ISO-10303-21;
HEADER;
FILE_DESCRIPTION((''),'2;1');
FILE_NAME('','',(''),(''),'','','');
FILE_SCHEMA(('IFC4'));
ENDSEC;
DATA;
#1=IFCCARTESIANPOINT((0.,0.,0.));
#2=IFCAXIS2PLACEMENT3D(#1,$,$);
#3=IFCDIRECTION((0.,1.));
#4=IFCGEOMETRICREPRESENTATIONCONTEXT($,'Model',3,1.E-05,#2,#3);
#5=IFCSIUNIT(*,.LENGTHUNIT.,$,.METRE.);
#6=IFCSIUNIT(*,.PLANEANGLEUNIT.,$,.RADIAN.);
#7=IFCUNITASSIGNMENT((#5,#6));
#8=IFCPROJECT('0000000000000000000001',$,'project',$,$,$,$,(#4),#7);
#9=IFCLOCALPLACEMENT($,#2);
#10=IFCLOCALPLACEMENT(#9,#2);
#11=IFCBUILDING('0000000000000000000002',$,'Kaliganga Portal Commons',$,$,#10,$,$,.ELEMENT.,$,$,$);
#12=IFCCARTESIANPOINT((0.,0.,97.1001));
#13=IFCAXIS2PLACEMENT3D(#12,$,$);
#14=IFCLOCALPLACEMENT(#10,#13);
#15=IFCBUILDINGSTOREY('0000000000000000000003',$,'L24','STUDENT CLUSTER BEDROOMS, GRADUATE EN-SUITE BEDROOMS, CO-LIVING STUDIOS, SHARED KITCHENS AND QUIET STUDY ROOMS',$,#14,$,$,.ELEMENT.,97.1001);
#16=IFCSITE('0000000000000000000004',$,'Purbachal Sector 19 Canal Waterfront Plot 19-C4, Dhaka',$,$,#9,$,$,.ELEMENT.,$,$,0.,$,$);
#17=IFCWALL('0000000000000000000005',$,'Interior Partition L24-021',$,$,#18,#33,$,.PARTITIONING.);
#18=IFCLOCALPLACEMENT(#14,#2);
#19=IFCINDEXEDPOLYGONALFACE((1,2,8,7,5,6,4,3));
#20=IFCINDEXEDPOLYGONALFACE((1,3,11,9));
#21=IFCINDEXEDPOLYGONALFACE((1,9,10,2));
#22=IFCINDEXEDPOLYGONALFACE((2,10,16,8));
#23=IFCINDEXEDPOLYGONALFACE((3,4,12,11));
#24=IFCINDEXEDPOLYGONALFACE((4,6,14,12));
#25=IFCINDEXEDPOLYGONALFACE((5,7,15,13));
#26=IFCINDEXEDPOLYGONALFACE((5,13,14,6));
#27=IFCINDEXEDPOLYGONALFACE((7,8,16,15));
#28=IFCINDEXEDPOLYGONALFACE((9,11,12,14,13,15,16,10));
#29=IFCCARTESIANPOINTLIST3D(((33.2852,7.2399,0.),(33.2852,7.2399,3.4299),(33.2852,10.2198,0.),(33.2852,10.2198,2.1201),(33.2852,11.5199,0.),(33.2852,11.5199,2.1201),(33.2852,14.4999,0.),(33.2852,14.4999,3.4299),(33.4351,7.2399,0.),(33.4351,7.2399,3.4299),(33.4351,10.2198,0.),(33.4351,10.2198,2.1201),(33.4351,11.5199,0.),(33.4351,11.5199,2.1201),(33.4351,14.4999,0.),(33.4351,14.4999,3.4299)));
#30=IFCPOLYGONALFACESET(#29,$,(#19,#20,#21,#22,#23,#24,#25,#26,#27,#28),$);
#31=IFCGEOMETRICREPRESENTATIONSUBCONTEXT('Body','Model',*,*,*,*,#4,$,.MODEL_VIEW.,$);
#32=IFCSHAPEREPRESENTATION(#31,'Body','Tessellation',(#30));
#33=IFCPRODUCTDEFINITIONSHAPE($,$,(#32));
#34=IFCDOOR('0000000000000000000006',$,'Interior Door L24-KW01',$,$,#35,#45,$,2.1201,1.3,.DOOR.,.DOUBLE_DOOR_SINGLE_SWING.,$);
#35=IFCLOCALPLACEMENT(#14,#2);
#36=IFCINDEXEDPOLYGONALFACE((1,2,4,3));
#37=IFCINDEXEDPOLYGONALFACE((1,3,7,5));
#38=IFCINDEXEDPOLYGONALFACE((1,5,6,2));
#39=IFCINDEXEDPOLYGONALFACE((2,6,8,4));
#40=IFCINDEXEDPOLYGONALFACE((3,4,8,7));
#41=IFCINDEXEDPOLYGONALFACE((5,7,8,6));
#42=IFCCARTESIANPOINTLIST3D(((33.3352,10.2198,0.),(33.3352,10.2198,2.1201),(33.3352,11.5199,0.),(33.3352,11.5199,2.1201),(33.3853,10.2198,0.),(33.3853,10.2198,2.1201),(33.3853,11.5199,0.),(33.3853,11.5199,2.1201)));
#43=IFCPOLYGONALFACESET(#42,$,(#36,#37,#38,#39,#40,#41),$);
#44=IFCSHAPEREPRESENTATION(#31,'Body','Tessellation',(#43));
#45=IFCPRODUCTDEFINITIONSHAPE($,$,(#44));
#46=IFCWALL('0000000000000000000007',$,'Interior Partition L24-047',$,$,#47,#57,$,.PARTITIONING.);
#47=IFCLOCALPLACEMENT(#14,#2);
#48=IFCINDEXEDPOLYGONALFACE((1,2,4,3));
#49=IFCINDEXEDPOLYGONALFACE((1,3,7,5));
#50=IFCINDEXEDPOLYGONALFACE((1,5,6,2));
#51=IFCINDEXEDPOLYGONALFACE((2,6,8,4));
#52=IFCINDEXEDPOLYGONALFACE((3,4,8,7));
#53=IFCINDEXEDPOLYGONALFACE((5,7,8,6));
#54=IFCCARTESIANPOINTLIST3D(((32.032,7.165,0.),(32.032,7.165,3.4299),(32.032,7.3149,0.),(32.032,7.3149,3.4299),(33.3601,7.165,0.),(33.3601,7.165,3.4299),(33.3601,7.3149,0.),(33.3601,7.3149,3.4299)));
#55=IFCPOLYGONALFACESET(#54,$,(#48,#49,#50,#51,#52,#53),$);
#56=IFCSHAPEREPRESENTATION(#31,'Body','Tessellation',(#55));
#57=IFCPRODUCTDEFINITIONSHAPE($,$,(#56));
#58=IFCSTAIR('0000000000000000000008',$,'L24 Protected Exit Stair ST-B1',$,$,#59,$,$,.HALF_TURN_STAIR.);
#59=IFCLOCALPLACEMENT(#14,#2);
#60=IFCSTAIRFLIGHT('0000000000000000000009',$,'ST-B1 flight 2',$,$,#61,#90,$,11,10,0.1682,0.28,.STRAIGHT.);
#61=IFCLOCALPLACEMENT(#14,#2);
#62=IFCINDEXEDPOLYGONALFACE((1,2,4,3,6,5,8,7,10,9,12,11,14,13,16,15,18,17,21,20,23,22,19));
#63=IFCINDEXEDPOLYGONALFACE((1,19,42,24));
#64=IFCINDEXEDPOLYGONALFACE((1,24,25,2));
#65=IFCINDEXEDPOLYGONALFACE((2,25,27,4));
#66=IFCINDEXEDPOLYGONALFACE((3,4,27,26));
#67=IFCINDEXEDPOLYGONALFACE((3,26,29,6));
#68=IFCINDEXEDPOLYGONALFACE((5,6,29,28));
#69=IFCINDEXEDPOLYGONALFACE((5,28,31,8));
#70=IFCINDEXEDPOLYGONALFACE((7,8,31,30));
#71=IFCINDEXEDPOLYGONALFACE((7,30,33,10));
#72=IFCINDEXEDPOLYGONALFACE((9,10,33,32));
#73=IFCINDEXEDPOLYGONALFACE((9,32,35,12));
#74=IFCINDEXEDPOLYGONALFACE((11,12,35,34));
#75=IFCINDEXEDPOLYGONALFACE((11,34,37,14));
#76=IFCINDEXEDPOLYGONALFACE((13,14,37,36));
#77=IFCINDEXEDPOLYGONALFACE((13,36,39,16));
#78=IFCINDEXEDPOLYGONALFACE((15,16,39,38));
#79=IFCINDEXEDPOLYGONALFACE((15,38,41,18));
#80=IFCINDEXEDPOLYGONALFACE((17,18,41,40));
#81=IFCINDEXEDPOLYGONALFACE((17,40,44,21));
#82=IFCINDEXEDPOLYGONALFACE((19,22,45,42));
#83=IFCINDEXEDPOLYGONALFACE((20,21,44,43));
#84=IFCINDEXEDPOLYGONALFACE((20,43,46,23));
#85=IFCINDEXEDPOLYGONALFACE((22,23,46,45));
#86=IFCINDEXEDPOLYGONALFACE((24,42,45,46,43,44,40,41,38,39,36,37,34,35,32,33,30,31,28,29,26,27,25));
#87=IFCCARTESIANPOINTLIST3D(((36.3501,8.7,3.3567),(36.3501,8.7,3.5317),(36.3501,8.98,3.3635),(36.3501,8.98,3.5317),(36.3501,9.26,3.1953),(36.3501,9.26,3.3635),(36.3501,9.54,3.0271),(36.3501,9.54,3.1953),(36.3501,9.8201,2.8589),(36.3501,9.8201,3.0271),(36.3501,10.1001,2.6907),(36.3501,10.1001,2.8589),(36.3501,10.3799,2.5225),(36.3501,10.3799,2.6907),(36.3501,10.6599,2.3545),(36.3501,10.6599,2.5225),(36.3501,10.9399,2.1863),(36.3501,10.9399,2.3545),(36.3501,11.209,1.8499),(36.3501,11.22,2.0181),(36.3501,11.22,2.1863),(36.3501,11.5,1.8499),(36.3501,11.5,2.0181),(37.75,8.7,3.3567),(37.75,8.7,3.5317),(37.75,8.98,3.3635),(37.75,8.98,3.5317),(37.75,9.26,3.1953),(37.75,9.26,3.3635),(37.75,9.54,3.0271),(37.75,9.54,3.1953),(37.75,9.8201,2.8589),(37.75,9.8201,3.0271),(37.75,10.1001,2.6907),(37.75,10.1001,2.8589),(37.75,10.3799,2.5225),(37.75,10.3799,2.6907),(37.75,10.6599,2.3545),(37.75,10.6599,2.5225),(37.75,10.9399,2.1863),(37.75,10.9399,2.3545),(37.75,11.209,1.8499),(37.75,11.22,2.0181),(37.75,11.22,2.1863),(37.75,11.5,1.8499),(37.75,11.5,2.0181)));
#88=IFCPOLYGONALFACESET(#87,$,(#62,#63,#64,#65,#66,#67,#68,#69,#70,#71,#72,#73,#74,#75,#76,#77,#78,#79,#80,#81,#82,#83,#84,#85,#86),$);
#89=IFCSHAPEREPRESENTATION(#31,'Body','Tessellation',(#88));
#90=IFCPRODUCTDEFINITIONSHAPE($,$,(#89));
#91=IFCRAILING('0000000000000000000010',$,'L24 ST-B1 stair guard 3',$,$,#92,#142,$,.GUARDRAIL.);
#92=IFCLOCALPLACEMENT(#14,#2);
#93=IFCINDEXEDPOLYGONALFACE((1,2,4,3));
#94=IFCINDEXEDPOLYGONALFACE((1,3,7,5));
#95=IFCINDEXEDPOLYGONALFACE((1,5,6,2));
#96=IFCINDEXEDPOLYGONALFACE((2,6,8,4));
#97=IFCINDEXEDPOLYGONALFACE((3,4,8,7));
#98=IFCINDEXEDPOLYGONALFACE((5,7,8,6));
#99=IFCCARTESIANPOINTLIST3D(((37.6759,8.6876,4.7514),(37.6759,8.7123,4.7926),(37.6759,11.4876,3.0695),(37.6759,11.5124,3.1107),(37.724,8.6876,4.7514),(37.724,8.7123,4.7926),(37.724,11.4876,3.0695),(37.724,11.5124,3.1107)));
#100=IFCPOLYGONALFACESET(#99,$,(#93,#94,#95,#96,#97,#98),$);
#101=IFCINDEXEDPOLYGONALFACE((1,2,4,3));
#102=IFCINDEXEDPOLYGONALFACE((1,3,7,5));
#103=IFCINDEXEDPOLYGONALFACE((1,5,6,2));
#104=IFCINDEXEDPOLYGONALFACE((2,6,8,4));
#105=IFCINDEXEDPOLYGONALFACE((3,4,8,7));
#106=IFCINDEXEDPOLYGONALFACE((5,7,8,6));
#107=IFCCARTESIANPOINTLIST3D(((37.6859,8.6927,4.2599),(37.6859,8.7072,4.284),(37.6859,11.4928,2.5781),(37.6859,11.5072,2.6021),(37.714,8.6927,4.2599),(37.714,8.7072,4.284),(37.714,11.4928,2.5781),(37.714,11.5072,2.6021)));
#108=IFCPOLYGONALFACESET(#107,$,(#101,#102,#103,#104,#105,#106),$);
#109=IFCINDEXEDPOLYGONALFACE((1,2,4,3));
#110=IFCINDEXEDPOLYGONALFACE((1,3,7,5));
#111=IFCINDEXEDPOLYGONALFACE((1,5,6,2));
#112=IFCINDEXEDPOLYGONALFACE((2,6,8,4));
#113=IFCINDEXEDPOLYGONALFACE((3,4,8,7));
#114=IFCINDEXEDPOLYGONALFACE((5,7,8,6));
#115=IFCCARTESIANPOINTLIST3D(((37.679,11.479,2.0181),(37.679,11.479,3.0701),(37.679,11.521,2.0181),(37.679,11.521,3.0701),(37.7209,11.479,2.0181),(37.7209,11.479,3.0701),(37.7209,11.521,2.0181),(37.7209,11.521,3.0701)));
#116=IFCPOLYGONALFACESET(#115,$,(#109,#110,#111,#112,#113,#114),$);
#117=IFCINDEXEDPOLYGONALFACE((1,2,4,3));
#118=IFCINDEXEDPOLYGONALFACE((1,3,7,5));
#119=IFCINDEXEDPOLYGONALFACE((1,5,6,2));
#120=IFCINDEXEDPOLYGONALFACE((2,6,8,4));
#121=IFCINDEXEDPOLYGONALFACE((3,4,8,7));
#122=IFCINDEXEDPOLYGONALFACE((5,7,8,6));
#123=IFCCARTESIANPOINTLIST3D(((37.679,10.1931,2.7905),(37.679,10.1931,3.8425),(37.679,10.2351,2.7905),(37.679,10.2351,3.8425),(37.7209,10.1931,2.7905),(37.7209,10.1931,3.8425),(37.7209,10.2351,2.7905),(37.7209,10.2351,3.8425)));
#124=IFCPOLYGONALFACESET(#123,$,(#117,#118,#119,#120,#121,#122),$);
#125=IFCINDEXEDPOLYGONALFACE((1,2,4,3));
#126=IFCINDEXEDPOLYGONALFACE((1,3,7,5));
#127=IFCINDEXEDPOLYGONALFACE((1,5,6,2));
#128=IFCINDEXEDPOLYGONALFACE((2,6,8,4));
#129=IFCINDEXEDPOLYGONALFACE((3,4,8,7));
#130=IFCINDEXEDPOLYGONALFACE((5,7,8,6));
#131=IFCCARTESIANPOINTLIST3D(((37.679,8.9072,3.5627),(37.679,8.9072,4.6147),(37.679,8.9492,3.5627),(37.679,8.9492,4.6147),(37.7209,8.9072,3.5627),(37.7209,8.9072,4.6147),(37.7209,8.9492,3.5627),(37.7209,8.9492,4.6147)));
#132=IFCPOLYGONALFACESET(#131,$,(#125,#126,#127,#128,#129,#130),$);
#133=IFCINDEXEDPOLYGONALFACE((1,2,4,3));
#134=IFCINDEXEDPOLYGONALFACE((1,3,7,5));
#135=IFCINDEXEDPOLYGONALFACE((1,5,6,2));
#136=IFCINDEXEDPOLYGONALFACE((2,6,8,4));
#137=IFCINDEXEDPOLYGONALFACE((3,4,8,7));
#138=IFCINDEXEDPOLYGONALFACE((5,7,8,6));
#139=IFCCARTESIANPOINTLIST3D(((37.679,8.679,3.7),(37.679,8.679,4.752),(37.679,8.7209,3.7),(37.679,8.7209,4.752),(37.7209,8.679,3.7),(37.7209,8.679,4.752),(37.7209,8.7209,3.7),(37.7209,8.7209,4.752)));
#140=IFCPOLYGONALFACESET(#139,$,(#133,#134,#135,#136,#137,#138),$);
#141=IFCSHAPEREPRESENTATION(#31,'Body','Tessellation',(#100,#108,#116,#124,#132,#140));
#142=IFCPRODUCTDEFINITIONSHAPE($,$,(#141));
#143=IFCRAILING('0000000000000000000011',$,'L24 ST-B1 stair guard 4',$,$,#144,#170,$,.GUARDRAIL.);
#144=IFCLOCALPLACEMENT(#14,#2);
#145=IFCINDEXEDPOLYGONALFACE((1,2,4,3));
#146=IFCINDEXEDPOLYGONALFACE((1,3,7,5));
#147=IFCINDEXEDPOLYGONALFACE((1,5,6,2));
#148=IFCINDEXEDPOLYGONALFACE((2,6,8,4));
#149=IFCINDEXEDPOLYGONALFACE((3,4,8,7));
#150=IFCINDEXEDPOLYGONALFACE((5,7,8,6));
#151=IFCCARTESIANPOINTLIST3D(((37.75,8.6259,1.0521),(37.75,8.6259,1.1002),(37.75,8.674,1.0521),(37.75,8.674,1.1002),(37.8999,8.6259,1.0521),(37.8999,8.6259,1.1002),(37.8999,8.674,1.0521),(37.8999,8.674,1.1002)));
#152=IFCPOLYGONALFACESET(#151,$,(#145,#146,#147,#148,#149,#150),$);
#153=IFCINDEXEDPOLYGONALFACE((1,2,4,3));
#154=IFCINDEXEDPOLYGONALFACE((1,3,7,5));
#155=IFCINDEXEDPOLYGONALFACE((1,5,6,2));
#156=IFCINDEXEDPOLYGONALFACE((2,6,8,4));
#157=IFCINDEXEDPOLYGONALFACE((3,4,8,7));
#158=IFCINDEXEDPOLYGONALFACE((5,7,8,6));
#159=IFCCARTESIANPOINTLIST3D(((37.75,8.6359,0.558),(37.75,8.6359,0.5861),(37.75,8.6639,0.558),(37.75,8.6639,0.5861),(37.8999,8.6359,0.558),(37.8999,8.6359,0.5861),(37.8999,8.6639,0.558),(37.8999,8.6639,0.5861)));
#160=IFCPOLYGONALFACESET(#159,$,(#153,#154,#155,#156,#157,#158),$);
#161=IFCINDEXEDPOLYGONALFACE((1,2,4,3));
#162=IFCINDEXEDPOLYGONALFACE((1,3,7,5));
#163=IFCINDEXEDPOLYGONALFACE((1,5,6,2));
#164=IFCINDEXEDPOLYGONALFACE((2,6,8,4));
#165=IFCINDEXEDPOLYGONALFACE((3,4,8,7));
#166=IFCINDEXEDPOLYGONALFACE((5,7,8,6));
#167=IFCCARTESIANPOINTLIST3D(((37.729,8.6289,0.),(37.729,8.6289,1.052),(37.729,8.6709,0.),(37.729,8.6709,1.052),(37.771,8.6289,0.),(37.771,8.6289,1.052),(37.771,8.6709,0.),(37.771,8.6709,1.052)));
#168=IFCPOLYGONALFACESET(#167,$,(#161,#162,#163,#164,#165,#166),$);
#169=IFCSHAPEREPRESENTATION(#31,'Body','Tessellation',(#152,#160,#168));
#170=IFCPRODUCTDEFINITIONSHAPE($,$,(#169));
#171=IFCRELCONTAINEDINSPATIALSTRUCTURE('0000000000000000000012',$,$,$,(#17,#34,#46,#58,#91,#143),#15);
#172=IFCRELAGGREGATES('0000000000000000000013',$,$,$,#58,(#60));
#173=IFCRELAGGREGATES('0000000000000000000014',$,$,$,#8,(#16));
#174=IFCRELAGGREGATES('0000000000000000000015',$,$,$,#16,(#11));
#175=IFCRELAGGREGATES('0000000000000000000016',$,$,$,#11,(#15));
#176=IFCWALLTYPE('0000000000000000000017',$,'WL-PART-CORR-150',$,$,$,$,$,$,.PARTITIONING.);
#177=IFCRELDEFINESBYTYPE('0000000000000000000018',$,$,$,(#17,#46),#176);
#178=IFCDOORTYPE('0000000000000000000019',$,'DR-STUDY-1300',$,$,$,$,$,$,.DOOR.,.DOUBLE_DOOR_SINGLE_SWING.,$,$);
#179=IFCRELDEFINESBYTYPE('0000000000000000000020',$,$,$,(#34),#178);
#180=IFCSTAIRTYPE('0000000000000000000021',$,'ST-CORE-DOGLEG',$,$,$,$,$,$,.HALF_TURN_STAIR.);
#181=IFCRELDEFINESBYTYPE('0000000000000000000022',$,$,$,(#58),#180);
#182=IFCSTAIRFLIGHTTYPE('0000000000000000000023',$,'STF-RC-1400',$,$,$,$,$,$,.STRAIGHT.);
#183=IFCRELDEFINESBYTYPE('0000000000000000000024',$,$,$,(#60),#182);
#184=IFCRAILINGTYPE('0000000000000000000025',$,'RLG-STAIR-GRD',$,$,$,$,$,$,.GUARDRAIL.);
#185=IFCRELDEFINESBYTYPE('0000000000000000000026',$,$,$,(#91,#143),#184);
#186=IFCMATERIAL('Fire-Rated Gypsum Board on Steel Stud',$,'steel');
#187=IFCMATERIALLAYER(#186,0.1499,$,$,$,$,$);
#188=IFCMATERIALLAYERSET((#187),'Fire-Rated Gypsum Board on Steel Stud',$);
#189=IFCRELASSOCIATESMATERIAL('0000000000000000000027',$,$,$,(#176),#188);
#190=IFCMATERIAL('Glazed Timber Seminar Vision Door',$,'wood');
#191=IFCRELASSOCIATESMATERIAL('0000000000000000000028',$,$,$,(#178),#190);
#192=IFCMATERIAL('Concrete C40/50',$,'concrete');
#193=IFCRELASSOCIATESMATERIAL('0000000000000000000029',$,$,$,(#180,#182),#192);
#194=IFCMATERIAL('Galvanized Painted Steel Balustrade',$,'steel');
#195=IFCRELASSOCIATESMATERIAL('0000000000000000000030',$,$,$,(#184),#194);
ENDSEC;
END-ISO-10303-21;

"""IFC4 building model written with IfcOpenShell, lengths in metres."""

from ifc_helpers import new_model, si_unit, direction, frame, frame_2d, origin, origin_2d, place, context, subcontext, project, spatial, polyline, rectangle, outline, extrude, material, layer, layer_set, type_object, element, fill, aggregate, save


model = new_model("IFC4")

# Units and contexts
model_context = context("Model", 3, precision=1e-05, world=origin(), true_north=direction((0.0, 1.0)))
body_context = subcontext(model_context, "Body", "Model", "MODEL_VIEW")
ifc_project = project(units=[si_unit("LENGTHUNIT", "METRE"), si_unit("PLANEANGLEUNIT", "RADIAN")], contexts=[model_context])

# Site, building, storey
site_placement = place(None, origin())
site = spatial("IfcSite", under=ifc_project, at=site_placement, Name="Purbachal Sector 19 Canal Waterfront Plot 19-C4, Dhaka", CompositionType="ELEMENT", RefElevation=0.0)
building_placement = place(site_placement, origin())
building = spatial("IfcBuilding", under=site, at=building_placement, Name="Kaliganga Portal Commons", CompositionType="ELEMENT")
storey_placement = place(building_placement, frame((0.0, 0.0, 97.1001)))
storey = spatial("IfcBuildingStorey", under=building, at=storey_placement, Name="L24", Description="STUDENT CLUSTER BEDROOMS, GRADUATE EN-SUITE BEDROOMS, CO-LIVING STUDIOS, SHARED KITCHENS AND QUIET STUDY ROOMS", CompositionType="ELEMENT", Elevation=97.1001)

# Wall, opening, door
ifc_material_1 = material(Name="Fire-Rated Gypsum Board on Steel Stud", Category="steel")
ifc_layer_1 = layer(ifc_material_1, 0.1499)
ifc_layer_set_1 = layer_set([ifc_layer_1], Name="Fire-Rated Gypsum Board on Steel Stud")
wall_type_1 = type_object("IfcWallType", Name="WL-PART-CORR-150", PredefinedType="PARTITIONING", material=ifc_layer_set_1)
wall_1_placement = place(storey_placement, frame((33.3601, 7.24, 0.0), z_axis=(0.0, 0.0, 1.0), x_axis=(0.0, 1.0, 0.0)))
wall_1 = element("IfcWall", 1, at=wall_1_placement, inside=storey, type_object=wall_type_1, Name="Interior Partition L24-021", PredefinedType="PARTITIONING", context=body_context, shape_type="SweptSolid", body=[
    extrude(rectangle(XDim=7.26, YDim=0.1499, at=frame_2d((3.6299, 0.0))), origin(), (0.0, 0.0, 1.0), 3.4299),
])
opening_1_placement = place(wall_1_placement, frame((2.98, 0.0, 0.0)))
opening_1 = element("IfcOpeningElement", 2, at=opening_1_placement, cuts=wall_1, PredefinedType="OPENING", context=body_context, shape_type="SweptSolid", body=[
    extrude(rectangle(XDim=1.3, YDim=2.1201, at=frame_2d((0.6499, 1.0601))), frame((0.0, 0.085, 0.0), z_axis=(0.0, -1.0, 0.0), x_axis=(1.0, 0.0, 0.0)), (0.0, 0.0, 1.0), 0.1699),
])
ifc_material_2 = material(Name="Glazed Timber Seminar Vision Door", Category="wood")
door_type_1 = type_object("IfcDoorType", Name="DR-STUDY-1300", OperationType="DOUBLE_DOOR_SINGLE_SWING", PredefinedType="DOOR", material=ifc_material_2)
door_1_placement = place(opening_1_placement, origin())
door_1 = element("IfcDoor", 3, at=door_1_placement, inside=storey, type_object=door_type_1, Name="Interior Door L24-KW01", OperationType="DOUBLE_DOOR_SINGLE_SWING", OverallHeight=2.1201, OverallWidth=1.3, PredefinedType="DOOR", context=body_context, shape_type="SweptSolid", body=[
    extrude(rectangle(XDim=1.3, YDim=2.1201, at=frame_2d((0.6499, 1.0601))), frame((0.0, 0.0249, 0.0), z_axis=(0.0, -1.0, 0.0), x_axis=(1.0, 0.0, 0.0)), (0.0, 0.0, 1.0), 0.05),
])
fill(opening_1, door_1)

# Wall
wall_2_placement = place(storey_placement, frame((32.032, 7.24, 0.0), z_axis=(0.0, 0.0, 1.0), x_axis=(1.0, 0.0, 0.0)))
element("IfcWall", 4, at=wall_2_placement, inside=storey, type_object=wall_type_1, Name="Interior Partition L24-047", PredefinedType="PARTITIONING", context=body_context, shape_type="SweptSolid", body=[
    extrude(rectangle(XDim=1.3281, YDim=0.1499, at=frame_2d((0.6641, 0.0))), origin(), (0.0, 0.0, 1.0), 3.4299),
])

# Stair, stair flight
ifc_material_3 = material(Name="Concrete C40/50", Category="concrete")
stair_type = type_object("IfcStairType", Name="ST-CORE-DOGLEG", PredefinedType="HALF_TURN_STAIR", material=ifc_material_3)
stair_placement = place(storey_placement, origin())
stair = element("IfcStair", 5, at=stair_placement, inside=storey, type_object=stair_type, Name="L24 Protected Exit Stair ST-B1", PredefinedType="HALF_TURN_STAIR")
stair_flight_type = type_object("IfcStairFlightType", Name="STF-RC-1400", PredefinedType="STRAIGHT", material=ifc_material_3)
stair_flight_placement = place(storey_placement, frame((37.05, 11.5, 1.8499), z_axis=(0.0, 0.0, 1.0), x_axis=(0.0, -1.0, 0.0)))
stair_flight = element("IfcStairFlight", 6, at=stair_flight_placement, type_object=stair_flight_type, Name="ST-B1 flight 2", NumberOfRisers=11, NumberOfTreads=10, PredefinedType="STRAIGHT", RiserHeight=0.1682, TreadLength=0.28, context=body_context, shape_type="SweptSolid", body=[
    extrude(outline(polyline([(0.0, 0.0), (0.0, 0.1682), (0.28, 0.1682), (0.28, 0.3364), (0.5601, 0.3364), (0.5601, 0.5046), (0.8401, 0.5046), (0.8401, 0.6726), (1.1201, 0.6726), (1.1201, 0.8408), (1.3999, 0.8408), (1.3999, 1.009), (1.6799, 1.009), (1.6799, 1.1772), (1.96, 1.1772), (1.96, 1.3455), (2.24, 1.3455), (2.24, 1.5137), (2.52, 1.5137), (2.52, 1.6819), (2.8, 1.6819), (2.8, 1.8501), (2.8, 1.5068), (0.291, 0.0), (0.0, 0.0)])), frame((0.0, 0.7, 0.0), z_axis=(0.0, -1.0, 0.0), x_axis=(1.0, 0.0, 0.0)), (0.0, 0.0, 1.0), 1.3999),
])
aggregate(stair, [stair_flight])

# Railings
ifc_material_4 = material(Name="Galvanized Painted Steel Balustrade", Category="steel")
railing_type_1 = type_object("IfcRailingType", Name="RLG-STAIR-GRD", PredefinedType="GUARDRAIL", material=ifc_material_4)
railing_1_placement = place(storey_placement, frame((37.7, 11.5, 2.0181)))
element("IfcRailing", 7, at=railing_1_placement, inside=storey, type_object=railing_type_1, Name="L24 ST-B1 stair guard 3", PredefinedType="GUARDRAIL", context=body_context, shape_type="SweptSolid", body=[
    extrude(rectangle(XDim=0.0481, YDim=0.0481, at=origin_2d()), frame((0.0, 0.0, 1.072), z_axis=(0.0, -0.857242, 0.514913), x_axis=(1.0, 0.0, 0.0)), (0.0, 0.0, 1.0), 3.2664),
    extrude(rectangle(XDim=0.0281, YDim=0.0281, at=origin_2d()), frame((0.0, 0.0, 0.572), z_axis=(0.0, -0.857242, 0.514913), x_axis=(1.0, 0.0, 0.0)), (0.0, 0.0, 1.0), 3.2664),
    extrude(rectangle(XDim=0.042, YDim=0.042, at=origin_2d()), origin(), (0.0, 0.0, 1.0), 1.052),
    extrude(rectangle(XDim=0.042, YDim=0.042, at=origin_2d()), frame((0.0, -1.2859, 0.7725)), (0.0, 0.0, 1.0), 1.052),
    extrude(rectangle(XDim=0.042, YDim=0.042, at=origin_2d()), frame((0.0, -2.5718, 1.5447)), (0.0, 0.0, 1.0), 1.052),
    extrude(rectangle(XDim=0.042, YDim=0.042, at=origin_2d()), frame((0.0, -2.8, 1.6819)), (0.0, 0.0, 1.0), 1.052),
])
railing_2_placement = place(storey_placement, frame((37.8999, 8.6499, 0.0)))
element("IfcRailing", 8, at=railing_2_placement, inside=storey, type_object=railing_type_1, Name="L24 ST-B1 stair guard 4", PredefinedType="GUARDRAIL", context=body_context, shape_type="SweptSolid", body=[
    extrude(rectangle(XDim=0.0481, YDim=0.0481, at=origin_2d()), frame((0.0, 0.0, 1.0762), z_axis=(-1.0, 0.0, 0.0), x_axis=(0.0, -1.0, 0.0)), (0.0, 0.0, 1.0), 0.1499),
    extrude(rectangle(XDim=0.0281, YDim=0.0281, at=origin_2d()), frame((0.0, 0.0, 0.572), z_axis=(-1.0, 0.0, 0.0), x_axis=(0.0, -1.0, 0.0)), (0.0, 0.0, 1.0), 0.1499),
    extrude(rectangle(XDim=0.042, YDim=0.042, at=origin_2d()), frame((-0.1499, 0.0, 0.0)), (0.0, 0.0, 1.0), 1.052),
])

save(model, "model.ifc")
